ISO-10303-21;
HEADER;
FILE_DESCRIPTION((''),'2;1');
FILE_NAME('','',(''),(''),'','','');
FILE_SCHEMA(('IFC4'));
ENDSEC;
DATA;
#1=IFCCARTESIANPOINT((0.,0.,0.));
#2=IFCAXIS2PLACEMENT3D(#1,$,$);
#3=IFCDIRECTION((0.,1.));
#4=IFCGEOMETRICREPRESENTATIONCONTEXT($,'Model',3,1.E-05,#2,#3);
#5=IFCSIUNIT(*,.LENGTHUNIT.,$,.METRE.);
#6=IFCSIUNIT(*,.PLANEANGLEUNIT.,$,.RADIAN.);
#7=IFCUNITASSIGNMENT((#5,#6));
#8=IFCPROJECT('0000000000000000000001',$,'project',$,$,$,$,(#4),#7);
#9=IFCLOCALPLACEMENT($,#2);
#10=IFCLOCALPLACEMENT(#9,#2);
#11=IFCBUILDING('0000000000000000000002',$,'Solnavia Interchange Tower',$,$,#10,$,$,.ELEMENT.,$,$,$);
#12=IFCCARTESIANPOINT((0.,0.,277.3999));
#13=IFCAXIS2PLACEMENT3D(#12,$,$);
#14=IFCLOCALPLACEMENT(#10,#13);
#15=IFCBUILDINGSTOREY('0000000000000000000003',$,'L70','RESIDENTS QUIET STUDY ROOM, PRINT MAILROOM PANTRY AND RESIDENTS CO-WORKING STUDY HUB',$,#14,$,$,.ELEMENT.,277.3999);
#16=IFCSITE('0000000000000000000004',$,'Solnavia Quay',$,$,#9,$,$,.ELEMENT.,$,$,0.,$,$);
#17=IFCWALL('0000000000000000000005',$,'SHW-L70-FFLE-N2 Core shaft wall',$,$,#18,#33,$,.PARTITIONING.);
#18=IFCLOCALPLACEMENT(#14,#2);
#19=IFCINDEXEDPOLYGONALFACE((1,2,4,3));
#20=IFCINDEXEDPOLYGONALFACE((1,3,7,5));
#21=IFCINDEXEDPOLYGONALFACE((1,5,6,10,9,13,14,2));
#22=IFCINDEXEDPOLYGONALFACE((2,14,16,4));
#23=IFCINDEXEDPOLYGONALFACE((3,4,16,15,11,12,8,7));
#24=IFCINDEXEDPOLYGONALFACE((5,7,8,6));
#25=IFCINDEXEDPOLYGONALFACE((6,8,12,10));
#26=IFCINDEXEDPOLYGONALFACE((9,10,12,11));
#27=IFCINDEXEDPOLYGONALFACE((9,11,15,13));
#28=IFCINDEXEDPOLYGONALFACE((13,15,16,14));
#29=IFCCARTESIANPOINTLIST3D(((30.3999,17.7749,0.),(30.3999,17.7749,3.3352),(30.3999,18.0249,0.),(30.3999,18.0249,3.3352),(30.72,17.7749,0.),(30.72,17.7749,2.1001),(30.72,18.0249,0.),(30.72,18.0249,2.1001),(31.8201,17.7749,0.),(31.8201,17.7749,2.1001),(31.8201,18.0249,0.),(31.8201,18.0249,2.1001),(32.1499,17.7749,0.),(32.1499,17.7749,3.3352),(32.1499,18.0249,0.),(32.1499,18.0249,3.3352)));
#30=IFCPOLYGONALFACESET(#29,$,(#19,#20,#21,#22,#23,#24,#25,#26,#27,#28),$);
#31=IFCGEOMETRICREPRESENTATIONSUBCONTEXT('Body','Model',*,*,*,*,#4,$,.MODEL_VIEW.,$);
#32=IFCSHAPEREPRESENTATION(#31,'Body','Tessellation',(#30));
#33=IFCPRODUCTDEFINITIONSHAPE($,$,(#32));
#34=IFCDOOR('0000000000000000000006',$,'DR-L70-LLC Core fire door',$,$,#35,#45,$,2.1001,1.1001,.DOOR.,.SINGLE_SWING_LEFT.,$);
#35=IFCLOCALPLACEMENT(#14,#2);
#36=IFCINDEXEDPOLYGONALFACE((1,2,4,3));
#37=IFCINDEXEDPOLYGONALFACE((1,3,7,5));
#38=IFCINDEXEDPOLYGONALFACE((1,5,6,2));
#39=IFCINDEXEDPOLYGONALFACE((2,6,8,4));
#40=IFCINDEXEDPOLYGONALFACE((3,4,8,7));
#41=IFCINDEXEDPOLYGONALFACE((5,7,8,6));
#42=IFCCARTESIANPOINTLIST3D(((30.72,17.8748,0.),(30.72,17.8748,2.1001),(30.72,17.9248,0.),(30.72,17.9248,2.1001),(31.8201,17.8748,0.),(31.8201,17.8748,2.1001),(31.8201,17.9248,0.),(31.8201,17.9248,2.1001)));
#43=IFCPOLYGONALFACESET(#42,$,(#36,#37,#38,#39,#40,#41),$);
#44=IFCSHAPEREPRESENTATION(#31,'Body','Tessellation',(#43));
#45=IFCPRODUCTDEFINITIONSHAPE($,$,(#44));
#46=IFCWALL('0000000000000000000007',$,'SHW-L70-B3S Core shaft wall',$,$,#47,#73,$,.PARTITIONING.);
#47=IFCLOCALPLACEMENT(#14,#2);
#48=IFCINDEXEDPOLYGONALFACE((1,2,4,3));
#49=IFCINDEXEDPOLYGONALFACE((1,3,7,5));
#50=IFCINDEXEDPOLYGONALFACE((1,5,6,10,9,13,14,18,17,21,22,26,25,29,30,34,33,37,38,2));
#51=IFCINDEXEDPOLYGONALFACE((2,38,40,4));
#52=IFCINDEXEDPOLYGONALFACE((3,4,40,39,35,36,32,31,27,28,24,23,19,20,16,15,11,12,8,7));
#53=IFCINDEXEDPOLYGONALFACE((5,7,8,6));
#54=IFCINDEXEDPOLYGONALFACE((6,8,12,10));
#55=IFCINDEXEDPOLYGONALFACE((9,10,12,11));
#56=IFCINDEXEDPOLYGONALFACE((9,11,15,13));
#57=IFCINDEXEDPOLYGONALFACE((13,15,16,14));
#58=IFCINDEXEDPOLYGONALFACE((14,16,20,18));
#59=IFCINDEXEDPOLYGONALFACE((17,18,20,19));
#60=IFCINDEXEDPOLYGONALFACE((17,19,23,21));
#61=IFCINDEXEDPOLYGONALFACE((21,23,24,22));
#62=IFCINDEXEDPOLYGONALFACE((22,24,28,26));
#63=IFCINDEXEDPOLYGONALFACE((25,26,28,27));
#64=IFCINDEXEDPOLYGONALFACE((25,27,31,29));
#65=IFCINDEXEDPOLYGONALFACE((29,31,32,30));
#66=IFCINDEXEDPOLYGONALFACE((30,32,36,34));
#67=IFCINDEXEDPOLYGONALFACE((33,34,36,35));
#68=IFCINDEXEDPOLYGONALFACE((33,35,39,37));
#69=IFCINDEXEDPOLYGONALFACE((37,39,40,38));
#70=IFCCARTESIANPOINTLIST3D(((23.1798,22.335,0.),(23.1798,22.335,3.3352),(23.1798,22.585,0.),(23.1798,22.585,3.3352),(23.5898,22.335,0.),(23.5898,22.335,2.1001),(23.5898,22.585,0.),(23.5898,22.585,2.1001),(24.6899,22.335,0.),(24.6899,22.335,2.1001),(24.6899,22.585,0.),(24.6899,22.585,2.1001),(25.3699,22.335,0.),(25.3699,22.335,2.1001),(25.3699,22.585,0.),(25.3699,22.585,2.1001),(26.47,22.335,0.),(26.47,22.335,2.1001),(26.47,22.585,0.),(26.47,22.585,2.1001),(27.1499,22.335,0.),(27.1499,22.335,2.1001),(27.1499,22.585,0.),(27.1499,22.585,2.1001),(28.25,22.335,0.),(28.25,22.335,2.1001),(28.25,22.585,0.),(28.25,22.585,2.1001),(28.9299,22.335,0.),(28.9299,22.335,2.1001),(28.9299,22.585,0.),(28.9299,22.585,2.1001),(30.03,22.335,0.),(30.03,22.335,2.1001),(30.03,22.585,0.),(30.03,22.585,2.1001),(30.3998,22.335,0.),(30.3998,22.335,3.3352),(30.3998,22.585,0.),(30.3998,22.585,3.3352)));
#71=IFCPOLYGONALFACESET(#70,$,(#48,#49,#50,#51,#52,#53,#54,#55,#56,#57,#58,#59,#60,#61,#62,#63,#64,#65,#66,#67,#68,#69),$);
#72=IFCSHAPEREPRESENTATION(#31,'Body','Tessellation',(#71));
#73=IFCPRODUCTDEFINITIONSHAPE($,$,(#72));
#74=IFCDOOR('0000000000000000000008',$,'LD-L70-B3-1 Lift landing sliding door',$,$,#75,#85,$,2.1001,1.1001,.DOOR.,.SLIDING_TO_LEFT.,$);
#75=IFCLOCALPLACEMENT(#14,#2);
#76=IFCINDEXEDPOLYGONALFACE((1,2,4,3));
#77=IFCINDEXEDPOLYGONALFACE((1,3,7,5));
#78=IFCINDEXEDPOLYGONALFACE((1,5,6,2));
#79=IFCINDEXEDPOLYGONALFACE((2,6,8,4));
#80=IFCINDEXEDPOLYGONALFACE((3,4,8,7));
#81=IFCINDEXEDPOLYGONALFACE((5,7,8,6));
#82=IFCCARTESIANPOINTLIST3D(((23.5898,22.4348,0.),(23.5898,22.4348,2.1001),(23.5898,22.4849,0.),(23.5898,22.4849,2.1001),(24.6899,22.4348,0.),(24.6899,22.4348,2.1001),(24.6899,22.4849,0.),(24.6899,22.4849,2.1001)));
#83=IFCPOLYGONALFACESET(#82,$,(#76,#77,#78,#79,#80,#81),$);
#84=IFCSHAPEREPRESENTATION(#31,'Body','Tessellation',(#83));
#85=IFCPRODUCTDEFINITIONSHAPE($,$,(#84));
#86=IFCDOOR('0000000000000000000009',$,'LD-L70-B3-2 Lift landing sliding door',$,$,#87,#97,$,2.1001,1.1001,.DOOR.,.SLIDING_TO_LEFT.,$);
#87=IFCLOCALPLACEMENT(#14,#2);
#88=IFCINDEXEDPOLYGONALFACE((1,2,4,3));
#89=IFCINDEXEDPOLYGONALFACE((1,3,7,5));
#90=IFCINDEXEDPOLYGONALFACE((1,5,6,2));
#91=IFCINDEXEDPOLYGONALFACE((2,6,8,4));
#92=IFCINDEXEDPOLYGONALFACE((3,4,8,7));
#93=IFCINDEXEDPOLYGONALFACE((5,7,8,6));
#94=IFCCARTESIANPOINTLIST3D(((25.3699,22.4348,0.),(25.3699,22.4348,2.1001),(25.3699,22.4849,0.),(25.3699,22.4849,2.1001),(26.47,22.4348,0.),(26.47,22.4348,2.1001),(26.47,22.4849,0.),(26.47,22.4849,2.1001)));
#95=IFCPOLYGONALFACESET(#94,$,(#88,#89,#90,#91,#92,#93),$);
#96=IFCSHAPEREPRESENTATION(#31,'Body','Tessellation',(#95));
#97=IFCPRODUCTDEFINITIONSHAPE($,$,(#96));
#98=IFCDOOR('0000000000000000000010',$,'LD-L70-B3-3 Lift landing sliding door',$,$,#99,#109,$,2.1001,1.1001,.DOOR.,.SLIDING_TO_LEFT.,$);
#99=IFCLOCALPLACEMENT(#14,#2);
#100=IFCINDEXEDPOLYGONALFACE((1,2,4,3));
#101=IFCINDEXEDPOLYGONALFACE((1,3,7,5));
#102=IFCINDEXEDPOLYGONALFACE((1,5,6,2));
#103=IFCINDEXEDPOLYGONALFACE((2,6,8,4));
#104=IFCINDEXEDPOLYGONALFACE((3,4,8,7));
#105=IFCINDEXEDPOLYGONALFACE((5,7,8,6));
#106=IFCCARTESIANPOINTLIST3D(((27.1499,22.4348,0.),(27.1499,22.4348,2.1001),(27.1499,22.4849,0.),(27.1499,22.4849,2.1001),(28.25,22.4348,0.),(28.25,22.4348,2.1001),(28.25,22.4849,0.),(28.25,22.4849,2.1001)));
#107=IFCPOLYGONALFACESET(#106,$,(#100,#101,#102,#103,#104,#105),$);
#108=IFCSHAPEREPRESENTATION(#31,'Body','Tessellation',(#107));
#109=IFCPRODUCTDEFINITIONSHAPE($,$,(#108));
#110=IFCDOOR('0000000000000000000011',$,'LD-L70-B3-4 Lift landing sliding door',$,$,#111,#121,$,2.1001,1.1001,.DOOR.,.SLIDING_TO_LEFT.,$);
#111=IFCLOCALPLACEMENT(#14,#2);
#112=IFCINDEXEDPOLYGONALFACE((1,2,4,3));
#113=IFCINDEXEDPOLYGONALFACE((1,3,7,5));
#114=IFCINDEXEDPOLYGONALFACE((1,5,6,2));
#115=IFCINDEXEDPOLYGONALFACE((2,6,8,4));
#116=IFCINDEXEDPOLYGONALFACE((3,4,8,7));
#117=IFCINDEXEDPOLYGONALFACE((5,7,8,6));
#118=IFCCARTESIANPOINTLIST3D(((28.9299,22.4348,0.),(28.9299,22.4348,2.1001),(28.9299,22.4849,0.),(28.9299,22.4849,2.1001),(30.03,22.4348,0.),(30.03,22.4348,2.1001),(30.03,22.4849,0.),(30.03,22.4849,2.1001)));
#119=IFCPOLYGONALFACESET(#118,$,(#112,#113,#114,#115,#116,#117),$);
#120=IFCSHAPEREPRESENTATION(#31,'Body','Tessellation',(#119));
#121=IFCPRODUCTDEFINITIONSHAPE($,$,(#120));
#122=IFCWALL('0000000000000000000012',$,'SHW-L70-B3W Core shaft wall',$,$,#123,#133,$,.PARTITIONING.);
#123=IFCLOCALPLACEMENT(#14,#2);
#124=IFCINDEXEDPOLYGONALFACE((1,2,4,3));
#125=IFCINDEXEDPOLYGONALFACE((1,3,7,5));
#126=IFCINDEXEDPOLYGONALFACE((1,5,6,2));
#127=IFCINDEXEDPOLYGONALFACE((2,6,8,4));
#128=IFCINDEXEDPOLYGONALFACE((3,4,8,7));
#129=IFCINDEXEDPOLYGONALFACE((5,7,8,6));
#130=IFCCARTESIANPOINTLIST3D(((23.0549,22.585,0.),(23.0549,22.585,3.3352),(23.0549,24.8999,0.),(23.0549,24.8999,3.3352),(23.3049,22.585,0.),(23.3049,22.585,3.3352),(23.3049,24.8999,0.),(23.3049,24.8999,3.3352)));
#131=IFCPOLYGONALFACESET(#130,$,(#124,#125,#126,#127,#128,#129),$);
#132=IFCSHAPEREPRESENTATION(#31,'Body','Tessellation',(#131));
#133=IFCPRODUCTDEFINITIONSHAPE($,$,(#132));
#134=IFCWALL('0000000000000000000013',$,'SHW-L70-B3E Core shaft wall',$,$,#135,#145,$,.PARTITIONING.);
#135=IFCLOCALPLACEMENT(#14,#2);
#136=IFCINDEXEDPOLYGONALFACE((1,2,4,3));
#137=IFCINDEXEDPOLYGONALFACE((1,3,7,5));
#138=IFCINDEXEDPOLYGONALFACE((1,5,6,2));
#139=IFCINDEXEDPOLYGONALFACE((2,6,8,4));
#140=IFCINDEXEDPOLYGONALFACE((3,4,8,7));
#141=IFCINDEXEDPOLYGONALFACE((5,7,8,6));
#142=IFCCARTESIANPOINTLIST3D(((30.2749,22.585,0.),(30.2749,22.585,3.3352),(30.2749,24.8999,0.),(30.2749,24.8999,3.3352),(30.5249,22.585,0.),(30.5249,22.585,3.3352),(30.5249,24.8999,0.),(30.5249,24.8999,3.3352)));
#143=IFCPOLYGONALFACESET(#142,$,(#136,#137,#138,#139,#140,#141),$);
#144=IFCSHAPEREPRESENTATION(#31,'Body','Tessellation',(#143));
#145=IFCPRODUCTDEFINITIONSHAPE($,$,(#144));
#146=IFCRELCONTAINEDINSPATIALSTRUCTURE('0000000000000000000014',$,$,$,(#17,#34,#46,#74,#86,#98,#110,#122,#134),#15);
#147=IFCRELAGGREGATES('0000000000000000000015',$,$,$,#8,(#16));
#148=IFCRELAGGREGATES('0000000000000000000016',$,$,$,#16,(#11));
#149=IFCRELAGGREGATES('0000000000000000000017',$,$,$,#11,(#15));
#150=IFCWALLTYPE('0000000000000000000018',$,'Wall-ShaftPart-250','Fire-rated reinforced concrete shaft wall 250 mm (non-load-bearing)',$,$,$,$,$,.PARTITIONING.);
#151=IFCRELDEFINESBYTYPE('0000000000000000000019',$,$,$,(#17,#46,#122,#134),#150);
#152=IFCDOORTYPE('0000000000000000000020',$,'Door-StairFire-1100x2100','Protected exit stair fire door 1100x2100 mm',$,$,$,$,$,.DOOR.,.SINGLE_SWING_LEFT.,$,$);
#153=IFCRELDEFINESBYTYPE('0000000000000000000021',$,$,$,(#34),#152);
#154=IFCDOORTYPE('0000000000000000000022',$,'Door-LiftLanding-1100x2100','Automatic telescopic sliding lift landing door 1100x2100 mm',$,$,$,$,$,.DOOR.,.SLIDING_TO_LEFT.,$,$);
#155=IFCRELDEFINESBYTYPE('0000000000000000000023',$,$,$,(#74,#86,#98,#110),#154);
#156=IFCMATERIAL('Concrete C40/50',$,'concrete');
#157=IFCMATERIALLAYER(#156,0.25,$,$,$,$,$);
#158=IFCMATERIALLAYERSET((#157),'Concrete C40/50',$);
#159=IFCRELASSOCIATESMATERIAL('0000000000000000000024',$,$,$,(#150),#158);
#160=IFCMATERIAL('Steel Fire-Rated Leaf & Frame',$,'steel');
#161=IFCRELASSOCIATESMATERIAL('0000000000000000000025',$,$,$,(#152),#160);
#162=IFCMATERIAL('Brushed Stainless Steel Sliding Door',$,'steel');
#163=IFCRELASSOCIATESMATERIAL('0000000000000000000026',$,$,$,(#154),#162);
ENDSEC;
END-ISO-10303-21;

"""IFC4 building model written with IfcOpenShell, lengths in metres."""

from ifc_helpers import new_model, si_unit, direction, frame, frame_2d, origin, place, context, subcontext, project, spatial, rectangle, extrude, material, layer, layer_set, type_object, element, fill, save


model = new_model("IFC4")

# Units and contexts
model_context = context("Model", 3, precision=1e-05, world=origin(), true_north=direction((0.0, 1.0)))
body_context = subcontext(model_context, "Body", "Model", "MODEL_VIEW")
ifc_project = project(units=[si_unit("LENGTHUNIT", "METRE"), si_unit("PLANEANGLEUNIT", "RADIAN")], contexts=[model_context])

# Site, building, storey
site_placement = place(None, origin())
site = spatial("IfcSite", under=ifc_project, at=site_placement, Name="Solnavia Quay", CompositionType="ELEMENT", RefElevation=0.0)
building_placement = place(site_placement, origin())
building = spatial("IfcBuilding", under=site, at=building_placement, Name="Solnavia Interchange Tower", CompositionType="ELEMENT")
storey_placement = place(building_placement, frame((0.0, 0.0, 277.3999)))
storey = spatial("IfcBuildingStorey", under=building, at=storey_placement, Name="L70", Description="RESIDENTS QUIET STUDY ROOM, PRINT MAILROOM PANTRY AND RESIDENTS CO-WORKING STUDY HUB", CompositionType="ELEMENT", Elevation=277.3999)

# Shared definitions
ifc_material_1 = material(Name="Concrete C40/50", Category="concrete")
ifc_layer_1 = layer(ifc_material_1, 0.25)
ifc_layer_set_1 = layer_set([ifc_layer_1], Name="Concrete C40/50")
wall_type_1 = type_object("IfcWallType", Name="Wall-ShaftPart-250", Description="Fire-rated reinforced concrete shaft wall 250 mm (non-load-bearing)", PredefinedType="PARTITIONING", material=ifc_layer_set_1)

# Wall, opening, door
wall_1_placement = place(storey_placement, frame((30.3999, 17.8999, 0.0), z_axis=(0.0, 0.0, 1.0), x_axis=(1.0, 0.0, 0.0)))
wall_1 = element("IfcWall", 1, at=wall_1_placement, inside=storey, type_object=wall_type_1, Name="SHW-L70-FFLE-N2 Core shaft wall", PredefinedType="PARTITIONING", context=body_context, shape_type="SweptSolid", body=[
    extrude(rectangle(XDim=1.75, YDim=0.25, at=frame_2d((0.875, 0.0))), origin(), (0.0, 0.0, 1.0), 3.3352),
])
opening_1_placement = place(wall_1_placement, frame((0.3201, 0.0, 0.0)))
opening_1 = element("IfcOpeningElement", 2, at=opening_1_placement, cuts=wall_1, PredefinedType="OPENING", context=body_context, shape_type="SweptSolid", body=[
    extrude(rectangle(XDim=1.1001, YDim=2.1001, at=frame_2d((0.55, 1.05))), frame((0.0, 0.135, 0.0), z_axis=(0.0, -1.0, 0.0), x_axis=(1.0, 0.0, 0.0)), (0.0, 0.0, 1.0), 0.27),
])
ifc_material_2 = material(Name="Steel Fire-Rated Leaf & Frame", Category="steel")
door_type_1 = type_object("IfcDoorType", Name="Door-StairFire-1100x2100", Description="Protected exit stair fire door 1100x2100 mm", OperationType="SINGLE_SWING_LEFT", PredefinedType="DOOR", material=ifc_material_2)
door_1_placement = place(opening_1_placement, origin())
door_1 = element("IfcDoor", 3, at=door_1_placement, inside=storey, type_object=door_type_1, Name="DR-L70-LLC Core fire door", OperationType="SINGLE_SWING_LEFT", OverallHeight=2.1001, OverallWidth=1.1001, PredefinedType="DOOR", context=body_context, shape_type="SweptSolid", body=[
    extrude(rectangle(XDim=1.1001, YDim=2.1001, at=frame_2d((0.55, 1.05))), frame((0.0, 0.0249, 0.0), z_axis=(0.0, -1.0, 0.0), x_axis=(1.0, 0.0, 0.0)), (0.0, 0.0, 1.0), 0.05),
])
fill(opening_1, door_1)

# Wall, openings, doors
wall_2_placement = place(storey_placement, frame((23.1799, 22.46, 0.0), z_axis=(0.0, 0.0, 1.0), x_axis=(1.0, 0.0, 0.0)))
wall_2 = element("IfcWall", 4, at=wall_2_placement, inside=storey, type_object=wall_type_1, Name="SHW-L70-B3S Core shaft wall", PredefinedType="PARTITIONING", context=body_context, shape_type="SweptSolid", body=[
    extrude(rectangle(XDim=7.22, YDim=0.25, at=frame_2d((3.6099, 0.0))), origin(), (0.0, 0.0, 1.0), 3.3352),
])
opening_2_placement = place(wall_2_placement, frame((0.4099, 0.0, 0.0)))
opening_2 = element("IfcOpeningElement", 5, at=opening_2_placement, cuts=wall_2, PredefinedType="OPENING", context=body_context, shape_type="SweptSolid", body=[
    extrude(rectangle(XDim=1.1001, YDim=2.1001, at=frame_2d((0.55, 1.05))), frame((0.0, 0.135, 0.0), z_axis=(0.0, -1.0, 0.0), x_axis=(1.0, 0.0, 0.0)), (0.0, 0.0, 1.0), 0.27),
])
opening_3_placement = place(wall_2_placement, frame((2.1899, 0.0, 0.0)))
opening_3 = element("IfcOpeningElement", 6, at=opening_3_placement, cuts=wall_2, PredefinedType="OPENING", context=body_context, shape_type="SweptSolid", body=[
    extrude(rectangle(XDim=1.1001, YDim=2.1001, at=frame_2d((0.55, 1.05))), frame((0.0, 0.135, 0.0), z_axis=(0.0, -1.0, 0.0), x_axis=(1.0, 0.0, 0.0)), (0.0, 0.0, 1.0), 0.27),
])
opening_4_placement = place(wall_2_placement, frame((3.97, 0.0, 0.0)))
opening_4 = element("IfcOpeningElement", 7, at=opening_4_placement, cuts=wall_2, PredefinedType="OPENING", context=body_context, shape_type="SweptSolid", body=[
    extrude(rectangle(XDim=1.1001, YDim=2.1001, at=frame_2d((0.55, 1.05))), frame((0.0, 0.135, 0.0), z_axis=(0.0, -1.0, 0.0), x_axis=(1.0, 0.0, 0.0)), (0.0, 0.0, 1.0), 0.27),
])
opening_5_placement = place(wall_2_placement, frame((5.75, 0.0, 0.0)))
opening_5 = element("IfcOpeningElement", 8, at=opening_5_placement, cuts=wall_2, PredefinedType="OPENING", context=body_context, shape_type="SweptSolid", body=[
    extrude(rectangle(XDim=1.1001, YDim=2.1001, at=frame_2d((0.55, 1.05))), frame((0.0, 0.135, 0.0), z_axis=(0.0, -1.0, 0.0), x_axis=(1.0, 0.0, 0.0)), (0.0, 0.0, 1.0), 0.27),
])
ifc_material_3 = material(Name="Brushed Stainless Steel Sliding Door", Category="steel")
door_type_2 = type_object("IfcDoorType", Name="Door-LiftLanding-1100x2100", Description="Automatic telescopic sliding lift landing door 1100x2100 mm", OperationType="SLIDING_TO_LEFT", PredefinedType="DOOR", material=ifc_material_3)
door_2_placement = place(opening_2_placement, origin())
door_2 = element("IfcDoor", 9, at=door_2_placement, inside=storey, type_object=door_type_2, Name="LD-L70-B3-1 Lift landing sliding door", OperationType="SLIDING_TO_LEFT", OverallHeight=2.1001, OverallWidth=1.1001, PredefinedType="DOOR", context=body_context, shape_type="SweptSolid", body=[
    extrude(rectangle(XDim=1.1001, YDim=2.1001, at=frame_2d((0.55, 1.05))), frame((0.0, 0.0249, 0.0), z_axis=(0.0, -1.0, 0.0), x_axis=(1.0, 0.0, 0.0)), (0.0, 0.0, 1.0), 0.05),
])
fill(opening_2, door_2)
door_3_placement = place(opening_3_placement, origin())
door_3 = element("IfcDoor", 10, at=door_3_placement, inside=storey, type_object=door_type_2, Name="LD-L70-B3-2 Lift landing sliding door", OperationType="SLIDING_TO_LEFT", OverallHeight=2.1001, OverallWidth=1.1001, PredefinedType="DOOR", context=body_context, shape_type="SweptSolid", body=[
    extrude(rectangle(XDim=1.1001, YDim=2.1001, at=frame_2d((0.55, 1.05))), frame((0.0, 0.0249, 0.0), z_axis=(0.0, -1.0, 0.0), x_axis=(1.0, 0.0, 0.0)), (0.0, 0.0, 1.0), 0.05),
])
fill(opening_3, door_3)
door_4_placement = place(opening_4_placement, origin())
door_4 = element("IfcDoor", 11, at=door_4_placement, inside=storey, type_object=door_type_2, Name="LD-L70-B3-3 Lift landing sliding door", OperationType="SLIDING_TO_LEFT", OverallHeight=2.1001, OverallWidth=1.1001, PredefinedType="DOOR", context=body_context, shape_type="SweptSolid", body=[
    extrude(rectangle(XDim=1.1001, YDim=2.1001, at=frame_2d((0.55, 1.05))), frame((0.0, 0.0249, 0.0), z_axis=(0.0, -1.0, 0.0), x_axis=(1.0, 0.0, 0.0)), (0.0, 0.0, 1.0), 0.05),
])
fill(opening_4, door_4)
door_5_placement = place(opening_5_placement, origin())
door_5 = element("IfcDoor", 12, at=door_5_placement, inside=storey, type_object=door_type_2, Name="LD-L70-B3-4 Lift landing sliding door", OperationType="SLIDING_TO_LEFT", OverallHeight=2.1001, OverallWidth=1.1001, PredefinedType="DOOR", context=body_context, shape_type="SweptSolid", body=[
    extrude(rectangle(XDim=1.1001, YDim=2.1001, at=frame_2d((0.55, 1.05))), frame((0.0, 0.0249, 0.0), z_axis=(0.0, -1.0, 0.0), x_axis=(1.0, 0.0, 0.0)), (0.0, 0.0, 1.0), 0.05),
])
fill(opening_5, door_5)

# Walls
for number, where, z_axis, x_axis, name in (
    (13, (23.1799, 22.585, 0.0), (0.0, 0.0, 1.0), (0.0, 1.0, 0.0), "SHW-L70-B3W Core shaft wall"),
    (14, (30.3999, 22.585, 0.0), (0.0, 0.0, 1.0), (0.0, 1.0, 0.0), "SHW-L70-B3E Core shaft wall"),
):
    element("IfcWall", number, at=place(storey_placement, frame(where, z_axis=z_axis, x_axis=x_axis)), inside=storey, type_object=wall_type_1, Name=name, PredefinedType="PARTITIONING", context=body_context, shape_type="SweptSolid", body=[
        extrude(rectangle(XDim=2.3149, YDim=0.25, at=frame_2d((1.1575, 0.0))), origin(), (0.0, 0.0, 1.0), 3.3352),
    ])

save(model, "model.ifc")
